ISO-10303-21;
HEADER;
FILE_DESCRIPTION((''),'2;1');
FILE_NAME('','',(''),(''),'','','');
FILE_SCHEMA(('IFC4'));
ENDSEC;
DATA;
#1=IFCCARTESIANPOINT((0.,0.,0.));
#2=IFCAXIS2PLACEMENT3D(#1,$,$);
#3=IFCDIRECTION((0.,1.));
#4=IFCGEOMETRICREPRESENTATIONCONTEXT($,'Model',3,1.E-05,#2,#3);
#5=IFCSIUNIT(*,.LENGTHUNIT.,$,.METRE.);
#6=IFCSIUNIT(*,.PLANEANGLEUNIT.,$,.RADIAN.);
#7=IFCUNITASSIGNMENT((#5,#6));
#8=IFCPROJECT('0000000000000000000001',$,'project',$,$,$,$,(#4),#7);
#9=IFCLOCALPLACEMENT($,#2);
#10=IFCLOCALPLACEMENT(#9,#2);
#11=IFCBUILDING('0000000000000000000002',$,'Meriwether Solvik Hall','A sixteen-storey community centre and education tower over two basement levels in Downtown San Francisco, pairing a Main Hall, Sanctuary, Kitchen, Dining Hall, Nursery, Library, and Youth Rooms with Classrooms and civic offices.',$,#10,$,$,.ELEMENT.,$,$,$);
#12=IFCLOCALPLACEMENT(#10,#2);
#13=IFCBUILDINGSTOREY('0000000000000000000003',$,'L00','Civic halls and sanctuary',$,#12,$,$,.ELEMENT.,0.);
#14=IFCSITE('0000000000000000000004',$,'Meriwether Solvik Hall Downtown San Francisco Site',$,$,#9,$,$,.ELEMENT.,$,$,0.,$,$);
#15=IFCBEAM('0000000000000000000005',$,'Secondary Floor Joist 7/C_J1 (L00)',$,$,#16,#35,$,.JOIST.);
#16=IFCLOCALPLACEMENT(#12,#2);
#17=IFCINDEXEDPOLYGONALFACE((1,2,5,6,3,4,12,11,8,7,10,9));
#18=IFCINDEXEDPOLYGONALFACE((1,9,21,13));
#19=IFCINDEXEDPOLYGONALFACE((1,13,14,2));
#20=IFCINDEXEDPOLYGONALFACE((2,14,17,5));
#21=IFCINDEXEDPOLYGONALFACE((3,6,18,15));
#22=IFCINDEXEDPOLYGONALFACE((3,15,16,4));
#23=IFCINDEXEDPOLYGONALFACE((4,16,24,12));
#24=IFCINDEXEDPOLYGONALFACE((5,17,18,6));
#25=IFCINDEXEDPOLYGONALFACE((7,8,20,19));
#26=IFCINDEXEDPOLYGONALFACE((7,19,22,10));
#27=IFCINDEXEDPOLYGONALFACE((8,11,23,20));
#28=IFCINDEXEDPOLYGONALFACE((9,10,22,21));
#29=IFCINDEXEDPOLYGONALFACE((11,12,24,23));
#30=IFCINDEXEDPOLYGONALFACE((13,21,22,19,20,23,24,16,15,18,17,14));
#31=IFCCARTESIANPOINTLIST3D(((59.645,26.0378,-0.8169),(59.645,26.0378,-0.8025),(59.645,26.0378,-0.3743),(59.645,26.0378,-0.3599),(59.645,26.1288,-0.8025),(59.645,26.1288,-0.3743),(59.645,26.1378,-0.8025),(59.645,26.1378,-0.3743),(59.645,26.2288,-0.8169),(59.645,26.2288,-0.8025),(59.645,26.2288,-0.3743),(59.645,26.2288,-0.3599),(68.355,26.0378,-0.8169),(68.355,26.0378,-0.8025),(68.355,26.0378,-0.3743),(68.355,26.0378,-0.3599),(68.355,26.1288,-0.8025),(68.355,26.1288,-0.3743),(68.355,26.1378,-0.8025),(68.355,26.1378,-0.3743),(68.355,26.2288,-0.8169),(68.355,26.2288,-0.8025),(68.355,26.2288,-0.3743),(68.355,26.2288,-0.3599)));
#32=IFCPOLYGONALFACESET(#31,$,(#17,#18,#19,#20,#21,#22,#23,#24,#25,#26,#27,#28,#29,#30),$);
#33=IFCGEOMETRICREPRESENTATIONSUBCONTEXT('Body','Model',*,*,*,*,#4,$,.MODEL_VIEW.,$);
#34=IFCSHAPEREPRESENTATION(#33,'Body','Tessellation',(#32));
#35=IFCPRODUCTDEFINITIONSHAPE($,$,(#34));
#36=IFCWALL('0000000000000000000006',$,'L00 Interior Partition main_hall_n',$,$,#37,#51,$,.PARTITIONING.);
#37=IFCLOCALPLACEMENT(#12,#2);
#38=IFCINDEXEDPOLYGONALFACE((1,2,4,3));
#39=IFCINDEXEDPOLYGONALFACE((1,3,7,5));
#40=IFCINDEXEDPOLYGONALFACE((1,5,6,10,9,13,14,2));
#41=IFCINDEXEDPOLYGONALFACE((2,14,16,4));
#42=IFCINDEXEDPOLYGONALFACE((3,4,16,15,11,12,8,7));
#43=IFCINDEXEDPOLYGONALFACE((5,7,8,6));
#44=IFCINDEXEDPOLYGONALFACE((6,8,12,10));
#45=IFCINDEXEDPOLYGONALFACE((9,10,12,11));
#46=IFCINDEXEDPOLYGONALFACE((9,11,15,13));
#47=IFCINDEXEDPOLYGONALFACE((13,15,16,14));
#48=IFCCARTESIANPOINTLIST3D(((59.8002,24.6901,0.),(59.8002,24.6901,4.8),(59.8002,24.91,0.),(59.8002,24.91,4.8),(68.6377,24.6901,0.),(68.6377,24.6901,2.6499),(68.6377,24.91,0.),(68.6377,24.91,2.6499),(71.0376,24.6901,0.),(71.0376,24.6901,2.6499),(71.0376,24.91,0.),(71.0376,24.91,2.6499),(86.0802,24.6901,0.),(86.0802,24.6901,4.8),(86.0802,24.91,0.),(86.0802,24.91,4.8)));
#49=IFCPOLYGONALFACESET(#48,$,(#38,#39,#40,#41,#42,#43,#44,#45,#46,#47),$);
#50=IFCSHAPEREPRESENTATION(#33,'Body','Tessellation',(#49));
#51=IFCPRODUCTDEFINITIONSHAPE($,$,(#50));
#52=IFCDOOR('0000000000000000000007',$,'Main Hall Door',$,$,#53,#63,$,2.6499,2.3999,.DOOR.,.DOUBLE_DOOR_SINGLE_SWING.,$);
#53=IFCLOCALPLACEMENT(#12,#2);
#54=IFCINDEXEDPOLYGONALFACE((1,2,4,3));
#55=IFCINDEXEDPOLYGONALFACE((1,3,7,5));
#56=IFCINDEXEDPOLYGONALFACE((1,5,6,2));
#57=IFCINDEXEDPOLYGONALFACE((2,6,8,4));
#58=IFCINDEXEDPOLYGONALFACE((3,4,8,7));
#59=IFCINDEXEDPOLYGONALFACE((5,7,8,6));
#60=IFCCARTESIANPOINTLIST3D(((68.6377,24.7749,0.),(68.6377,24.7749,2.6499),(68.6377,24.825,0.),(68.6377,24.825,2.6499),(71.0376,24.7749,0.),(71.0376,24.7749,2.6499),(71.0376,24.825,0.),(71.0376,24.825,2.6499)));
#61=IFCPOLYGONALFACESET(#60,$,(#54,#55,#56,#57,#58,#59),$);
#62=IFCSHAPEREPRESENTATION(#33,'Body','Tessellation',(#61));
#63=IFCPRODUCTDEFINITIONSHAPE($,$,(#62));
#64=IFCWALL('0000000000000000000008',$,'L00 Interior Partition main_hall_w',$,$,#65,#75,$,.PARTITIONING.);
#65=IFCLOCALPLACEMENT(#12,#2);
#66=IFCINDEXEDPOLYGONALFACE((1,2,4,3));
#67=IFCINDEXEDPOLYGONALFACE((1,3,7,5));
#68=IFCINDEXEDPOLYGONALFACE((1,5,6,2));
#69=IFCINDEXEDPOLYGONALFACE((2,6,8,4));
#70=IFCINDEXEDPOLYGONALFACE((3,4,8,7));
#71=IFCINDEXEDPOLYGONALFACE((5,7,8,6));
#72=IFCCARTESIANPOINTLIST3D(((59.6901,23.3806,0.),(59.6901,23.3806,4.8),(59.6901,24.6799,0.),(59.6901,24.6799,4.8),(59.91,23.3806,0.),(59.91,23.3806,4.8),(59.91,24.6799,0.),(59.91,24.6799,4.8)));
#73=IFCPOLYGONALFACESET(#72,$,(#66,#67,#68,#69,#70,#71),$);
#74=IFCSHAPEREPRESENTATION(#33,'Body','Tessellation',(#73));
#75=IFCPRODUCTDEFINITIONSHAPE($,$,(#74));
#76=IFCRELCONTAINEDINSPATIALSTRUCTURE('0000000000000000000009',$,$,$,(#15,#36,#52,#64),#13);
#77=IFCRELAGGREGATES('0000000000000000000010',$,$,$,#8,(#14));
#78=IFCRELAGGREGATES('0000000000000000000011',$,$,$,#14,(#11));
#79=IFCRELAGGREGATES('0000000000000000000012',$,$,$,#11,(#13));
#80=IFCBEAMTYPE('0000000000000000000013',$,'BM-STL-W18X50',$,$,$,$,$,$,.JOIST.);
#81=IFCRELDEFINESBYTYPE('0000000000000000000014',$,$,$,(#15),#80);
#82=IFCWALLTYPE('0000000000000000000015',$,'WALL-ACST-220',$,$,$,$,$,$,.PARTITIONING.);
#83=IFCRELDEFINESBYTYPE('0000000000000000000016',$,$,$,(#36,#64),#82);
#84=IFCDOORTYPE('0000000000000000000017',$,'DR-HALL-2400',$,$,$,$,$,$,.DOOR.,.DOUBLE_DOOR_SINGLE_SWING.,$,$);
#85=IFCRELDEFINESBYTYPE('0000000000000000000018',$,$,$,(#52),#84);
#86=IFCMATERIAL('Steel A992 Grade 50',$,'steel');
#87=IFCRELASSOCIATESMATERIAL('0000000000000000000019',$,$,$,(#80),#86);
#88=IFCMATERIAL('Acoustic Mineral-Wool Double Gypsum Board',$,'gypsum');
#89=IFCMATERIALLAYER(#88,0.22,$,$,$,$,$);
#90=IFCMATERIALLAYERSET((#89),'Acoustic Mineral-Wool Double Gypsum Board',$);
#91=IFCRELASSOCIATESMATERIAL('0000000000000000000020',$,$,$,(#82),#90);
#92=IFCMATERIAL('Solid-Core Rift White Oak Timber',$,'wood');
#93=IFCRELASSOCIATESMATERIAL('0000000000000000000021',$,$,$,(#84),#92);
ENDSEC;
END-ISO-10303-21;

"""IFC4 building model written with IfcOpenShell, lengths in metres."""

from ifc_helpers import new_model, si_unit, direction, frame, frame_2d, origin, origin_2d, place, context, subcontext, project, spatial, rectangle, i_section, extrude, material, layer, layer_set, material_profile, profile_set, type_object, element, fill, save


model = new_model("IFC4")

# Units and contexts
model_context = context("Model", 3, precision=1e-05, world=origin(), true_north=direction((0.0, 1.0)))
body_context = subcontext(model_context, "Body", "Model", "MODEL_VIEW")
ifc_project = project(units=[si_unit("LENGTHUNIT", "METRE"), si_unit("PLANEANGLEUNIT", "RADIAN")], contexts=[model_context])

# Site, building, storey
site_placement = place(None, origin())
site = spatial("IfcSite", under=ifc_project, at=site_placement, Name="Meriwether Solvik Hall Downtown San Francisco Site", CompositionType="ELEMENT", RefElevation=0.0)
building_placement = place(site_placement, origin())
building = spatial("IfcBuilding", under=site, at=building_placement, Name="Meriwether Solvik Hall", Description="A sixteen-storey community centre and education tower over two basement levels in Downtown San Francisco, pairing a Main Hall, Sanctuary, Kitchen, Dining Hall, Nursery, Library, and Youth Rooms with Classrooms and civic offices.", CompositionType="ELEMENT")
storey_placement = place(building_placement, origin())
storey = spatial("IfcBuildingStorey", under=building, at=storey_placement, Name="L00", Description="Civic halls and sanctuary", CompositionType="ELEMENT", Elevation=0.0)

# Beam
ifc_material_1 = material(Name="Steel A992 Grade 50", Category="steel")
ifc_material_profile_1 = material_profile(ifc_material_1, i_section(OverallWidth=0.1909, OverallDepth=0.457, WebThickness=0.009, FlangeThickness=0.0144, at=origin_2d()), Name="W18X50")
ifc_profile_set_1 = profile_set([ifc_material_profile_1], Name="Steel A992 Grade 50")
beam_type_1 = type_object("IfcBeamType", Name="BM-STL-W18X50", PredefinedType="JOIST", material=ifc_profile_set_1)
beam_1_placement = place(storey_placement, frame((59.645, 26.1333, -0.5884), z_axis=(1.0, 0.0, 0.0), x_axis=(0.0, 1.0, 0.0)))
element("IfcBeam", 1, at=beam_1_placement, inside=storey, type_object=beam_type_1, Name="Secondary Floor Joist 7/C_J1 (L00)", PredefinedType="JOIST", context=body_context, shape_type="SweptSolid", body=[
    extrude(i_section(OverallWidth=0.1909, OverallDepth=0.457, WebThickness=0.009, FlangeThickness=0.0144, at=origin_2d()), origin(), (0.0, 0.0, 1.0), 8.71),
])

# Wall, opening, door
ifc_material_2 = material(Name="Acoustic Mineral-Wool Double Gypsum Board", Category="gypsum")
ifc_layer = layer(ifc_material_2, 0.22)
ifc_layer_set = layer_set([ifc_layer], Name="Acoustic Mineral-Wool Double Gypsum Board")
wall_type = type_object("IfcWallType", Name="WALL-ACST-220", PredefinedType="PARTITIONING", material=ifc_layer_set)
wall_1_placement = place(storey_placement, frame((59.8, 24.8, 0.0), z_axis=(0.0, 0.0, 1.0), x_axis=(1.0, 0.0, 0.0)))
wall_1 = element("IfcWall", 2, at=wall_1_placement, inside=storey, type_object=wall_type, Name="L00 Interior Partition main_hall_n", PredefinedType="PARTITIONING", context=body_context, shape_type="SweptSolid", body=[
    extrude(rectangle(XDim=26.28, YDim=0.22, at=frame_2d((13.1401, 0.0))), origin(), (0.0, 0.0, 1.0), 4.8),
])
opening_placement = place(wall_1_placement, frame((8.8376, 0.0, 0.0)))
opening = element("IfcOpeningElement", 3, at=opening_placement, cuts=wall_1, PredefinedType="OPENING", context=body_context, shape_type="SweptSolid", body=[
    extrude(rectangle(XDim=2.3999, YDim=2.6499, at=frame_2d((1.2, 1.325))), frame((0.0, 0.1221, 0.0), z_axis=(0.0, -1.0, 0.0), x_axis=(1.0, 0.0, 0.0)), (0.0, 0.0, 1.0), 0.2439),
])
ifc_material_3 = material(Name="Solid-Core Rift White Oak Timber", Category="wood")
door_type = type_object("IfcDoorType", Name="DR-HALL-2400", OperationType="DOUBLE_DOOR_SINGLE_SWING", PredefinedType="DOOR", material=ifc_material_3)
door_placement = place(opening_placement, origin())
door = element("IfcDoor", 4, at=door_placement, inside=storey, type_object=door_type, Name="Main Hall Door", OperationType="DOUBLE_DOOR_SINGLE_SWING", OverallHeight=2.6499, OverallWidth=2.3999, PredefinedType="DOOR", context=body_context, shape_type="SweptSolid", body=[
    extrude(rectangle(XDim=2.3999, YDim=2.6499, at=frame_2d((1.2, 1.325))), frame((0.0, 0.0249, 0.0), z_axis=(0.0, -1.0, 0.0), x_axis=(1.0, 0.0, 0.0)), (0.0, 0.0, 1.0), 0.05),
])
fill(opening, door)

# Wall
wall_2_placement = place(storey_placement, frame((59.8, 24.6799, 0.0), z_axis=(0.0, 0.0, 1.0), x_axis=(0.0, -1.0, 0.0)))
element("IfcWall", 5, at=wall_2_placement, inside=storey, type_object=wall_type, Name="L00 Interior Partition main_hall_w", PredefinedType="PARTITIONING", context=body_context, shape_type="SweptSolid", body=[
    extrude(rectangle(XDim=1.2993, YDim=0.22, at=frame_2d((0.6497, 0.0))), origin(), (0.0, 0.0, 1.0), 4.8),
])

save(model, "model.ifc")
